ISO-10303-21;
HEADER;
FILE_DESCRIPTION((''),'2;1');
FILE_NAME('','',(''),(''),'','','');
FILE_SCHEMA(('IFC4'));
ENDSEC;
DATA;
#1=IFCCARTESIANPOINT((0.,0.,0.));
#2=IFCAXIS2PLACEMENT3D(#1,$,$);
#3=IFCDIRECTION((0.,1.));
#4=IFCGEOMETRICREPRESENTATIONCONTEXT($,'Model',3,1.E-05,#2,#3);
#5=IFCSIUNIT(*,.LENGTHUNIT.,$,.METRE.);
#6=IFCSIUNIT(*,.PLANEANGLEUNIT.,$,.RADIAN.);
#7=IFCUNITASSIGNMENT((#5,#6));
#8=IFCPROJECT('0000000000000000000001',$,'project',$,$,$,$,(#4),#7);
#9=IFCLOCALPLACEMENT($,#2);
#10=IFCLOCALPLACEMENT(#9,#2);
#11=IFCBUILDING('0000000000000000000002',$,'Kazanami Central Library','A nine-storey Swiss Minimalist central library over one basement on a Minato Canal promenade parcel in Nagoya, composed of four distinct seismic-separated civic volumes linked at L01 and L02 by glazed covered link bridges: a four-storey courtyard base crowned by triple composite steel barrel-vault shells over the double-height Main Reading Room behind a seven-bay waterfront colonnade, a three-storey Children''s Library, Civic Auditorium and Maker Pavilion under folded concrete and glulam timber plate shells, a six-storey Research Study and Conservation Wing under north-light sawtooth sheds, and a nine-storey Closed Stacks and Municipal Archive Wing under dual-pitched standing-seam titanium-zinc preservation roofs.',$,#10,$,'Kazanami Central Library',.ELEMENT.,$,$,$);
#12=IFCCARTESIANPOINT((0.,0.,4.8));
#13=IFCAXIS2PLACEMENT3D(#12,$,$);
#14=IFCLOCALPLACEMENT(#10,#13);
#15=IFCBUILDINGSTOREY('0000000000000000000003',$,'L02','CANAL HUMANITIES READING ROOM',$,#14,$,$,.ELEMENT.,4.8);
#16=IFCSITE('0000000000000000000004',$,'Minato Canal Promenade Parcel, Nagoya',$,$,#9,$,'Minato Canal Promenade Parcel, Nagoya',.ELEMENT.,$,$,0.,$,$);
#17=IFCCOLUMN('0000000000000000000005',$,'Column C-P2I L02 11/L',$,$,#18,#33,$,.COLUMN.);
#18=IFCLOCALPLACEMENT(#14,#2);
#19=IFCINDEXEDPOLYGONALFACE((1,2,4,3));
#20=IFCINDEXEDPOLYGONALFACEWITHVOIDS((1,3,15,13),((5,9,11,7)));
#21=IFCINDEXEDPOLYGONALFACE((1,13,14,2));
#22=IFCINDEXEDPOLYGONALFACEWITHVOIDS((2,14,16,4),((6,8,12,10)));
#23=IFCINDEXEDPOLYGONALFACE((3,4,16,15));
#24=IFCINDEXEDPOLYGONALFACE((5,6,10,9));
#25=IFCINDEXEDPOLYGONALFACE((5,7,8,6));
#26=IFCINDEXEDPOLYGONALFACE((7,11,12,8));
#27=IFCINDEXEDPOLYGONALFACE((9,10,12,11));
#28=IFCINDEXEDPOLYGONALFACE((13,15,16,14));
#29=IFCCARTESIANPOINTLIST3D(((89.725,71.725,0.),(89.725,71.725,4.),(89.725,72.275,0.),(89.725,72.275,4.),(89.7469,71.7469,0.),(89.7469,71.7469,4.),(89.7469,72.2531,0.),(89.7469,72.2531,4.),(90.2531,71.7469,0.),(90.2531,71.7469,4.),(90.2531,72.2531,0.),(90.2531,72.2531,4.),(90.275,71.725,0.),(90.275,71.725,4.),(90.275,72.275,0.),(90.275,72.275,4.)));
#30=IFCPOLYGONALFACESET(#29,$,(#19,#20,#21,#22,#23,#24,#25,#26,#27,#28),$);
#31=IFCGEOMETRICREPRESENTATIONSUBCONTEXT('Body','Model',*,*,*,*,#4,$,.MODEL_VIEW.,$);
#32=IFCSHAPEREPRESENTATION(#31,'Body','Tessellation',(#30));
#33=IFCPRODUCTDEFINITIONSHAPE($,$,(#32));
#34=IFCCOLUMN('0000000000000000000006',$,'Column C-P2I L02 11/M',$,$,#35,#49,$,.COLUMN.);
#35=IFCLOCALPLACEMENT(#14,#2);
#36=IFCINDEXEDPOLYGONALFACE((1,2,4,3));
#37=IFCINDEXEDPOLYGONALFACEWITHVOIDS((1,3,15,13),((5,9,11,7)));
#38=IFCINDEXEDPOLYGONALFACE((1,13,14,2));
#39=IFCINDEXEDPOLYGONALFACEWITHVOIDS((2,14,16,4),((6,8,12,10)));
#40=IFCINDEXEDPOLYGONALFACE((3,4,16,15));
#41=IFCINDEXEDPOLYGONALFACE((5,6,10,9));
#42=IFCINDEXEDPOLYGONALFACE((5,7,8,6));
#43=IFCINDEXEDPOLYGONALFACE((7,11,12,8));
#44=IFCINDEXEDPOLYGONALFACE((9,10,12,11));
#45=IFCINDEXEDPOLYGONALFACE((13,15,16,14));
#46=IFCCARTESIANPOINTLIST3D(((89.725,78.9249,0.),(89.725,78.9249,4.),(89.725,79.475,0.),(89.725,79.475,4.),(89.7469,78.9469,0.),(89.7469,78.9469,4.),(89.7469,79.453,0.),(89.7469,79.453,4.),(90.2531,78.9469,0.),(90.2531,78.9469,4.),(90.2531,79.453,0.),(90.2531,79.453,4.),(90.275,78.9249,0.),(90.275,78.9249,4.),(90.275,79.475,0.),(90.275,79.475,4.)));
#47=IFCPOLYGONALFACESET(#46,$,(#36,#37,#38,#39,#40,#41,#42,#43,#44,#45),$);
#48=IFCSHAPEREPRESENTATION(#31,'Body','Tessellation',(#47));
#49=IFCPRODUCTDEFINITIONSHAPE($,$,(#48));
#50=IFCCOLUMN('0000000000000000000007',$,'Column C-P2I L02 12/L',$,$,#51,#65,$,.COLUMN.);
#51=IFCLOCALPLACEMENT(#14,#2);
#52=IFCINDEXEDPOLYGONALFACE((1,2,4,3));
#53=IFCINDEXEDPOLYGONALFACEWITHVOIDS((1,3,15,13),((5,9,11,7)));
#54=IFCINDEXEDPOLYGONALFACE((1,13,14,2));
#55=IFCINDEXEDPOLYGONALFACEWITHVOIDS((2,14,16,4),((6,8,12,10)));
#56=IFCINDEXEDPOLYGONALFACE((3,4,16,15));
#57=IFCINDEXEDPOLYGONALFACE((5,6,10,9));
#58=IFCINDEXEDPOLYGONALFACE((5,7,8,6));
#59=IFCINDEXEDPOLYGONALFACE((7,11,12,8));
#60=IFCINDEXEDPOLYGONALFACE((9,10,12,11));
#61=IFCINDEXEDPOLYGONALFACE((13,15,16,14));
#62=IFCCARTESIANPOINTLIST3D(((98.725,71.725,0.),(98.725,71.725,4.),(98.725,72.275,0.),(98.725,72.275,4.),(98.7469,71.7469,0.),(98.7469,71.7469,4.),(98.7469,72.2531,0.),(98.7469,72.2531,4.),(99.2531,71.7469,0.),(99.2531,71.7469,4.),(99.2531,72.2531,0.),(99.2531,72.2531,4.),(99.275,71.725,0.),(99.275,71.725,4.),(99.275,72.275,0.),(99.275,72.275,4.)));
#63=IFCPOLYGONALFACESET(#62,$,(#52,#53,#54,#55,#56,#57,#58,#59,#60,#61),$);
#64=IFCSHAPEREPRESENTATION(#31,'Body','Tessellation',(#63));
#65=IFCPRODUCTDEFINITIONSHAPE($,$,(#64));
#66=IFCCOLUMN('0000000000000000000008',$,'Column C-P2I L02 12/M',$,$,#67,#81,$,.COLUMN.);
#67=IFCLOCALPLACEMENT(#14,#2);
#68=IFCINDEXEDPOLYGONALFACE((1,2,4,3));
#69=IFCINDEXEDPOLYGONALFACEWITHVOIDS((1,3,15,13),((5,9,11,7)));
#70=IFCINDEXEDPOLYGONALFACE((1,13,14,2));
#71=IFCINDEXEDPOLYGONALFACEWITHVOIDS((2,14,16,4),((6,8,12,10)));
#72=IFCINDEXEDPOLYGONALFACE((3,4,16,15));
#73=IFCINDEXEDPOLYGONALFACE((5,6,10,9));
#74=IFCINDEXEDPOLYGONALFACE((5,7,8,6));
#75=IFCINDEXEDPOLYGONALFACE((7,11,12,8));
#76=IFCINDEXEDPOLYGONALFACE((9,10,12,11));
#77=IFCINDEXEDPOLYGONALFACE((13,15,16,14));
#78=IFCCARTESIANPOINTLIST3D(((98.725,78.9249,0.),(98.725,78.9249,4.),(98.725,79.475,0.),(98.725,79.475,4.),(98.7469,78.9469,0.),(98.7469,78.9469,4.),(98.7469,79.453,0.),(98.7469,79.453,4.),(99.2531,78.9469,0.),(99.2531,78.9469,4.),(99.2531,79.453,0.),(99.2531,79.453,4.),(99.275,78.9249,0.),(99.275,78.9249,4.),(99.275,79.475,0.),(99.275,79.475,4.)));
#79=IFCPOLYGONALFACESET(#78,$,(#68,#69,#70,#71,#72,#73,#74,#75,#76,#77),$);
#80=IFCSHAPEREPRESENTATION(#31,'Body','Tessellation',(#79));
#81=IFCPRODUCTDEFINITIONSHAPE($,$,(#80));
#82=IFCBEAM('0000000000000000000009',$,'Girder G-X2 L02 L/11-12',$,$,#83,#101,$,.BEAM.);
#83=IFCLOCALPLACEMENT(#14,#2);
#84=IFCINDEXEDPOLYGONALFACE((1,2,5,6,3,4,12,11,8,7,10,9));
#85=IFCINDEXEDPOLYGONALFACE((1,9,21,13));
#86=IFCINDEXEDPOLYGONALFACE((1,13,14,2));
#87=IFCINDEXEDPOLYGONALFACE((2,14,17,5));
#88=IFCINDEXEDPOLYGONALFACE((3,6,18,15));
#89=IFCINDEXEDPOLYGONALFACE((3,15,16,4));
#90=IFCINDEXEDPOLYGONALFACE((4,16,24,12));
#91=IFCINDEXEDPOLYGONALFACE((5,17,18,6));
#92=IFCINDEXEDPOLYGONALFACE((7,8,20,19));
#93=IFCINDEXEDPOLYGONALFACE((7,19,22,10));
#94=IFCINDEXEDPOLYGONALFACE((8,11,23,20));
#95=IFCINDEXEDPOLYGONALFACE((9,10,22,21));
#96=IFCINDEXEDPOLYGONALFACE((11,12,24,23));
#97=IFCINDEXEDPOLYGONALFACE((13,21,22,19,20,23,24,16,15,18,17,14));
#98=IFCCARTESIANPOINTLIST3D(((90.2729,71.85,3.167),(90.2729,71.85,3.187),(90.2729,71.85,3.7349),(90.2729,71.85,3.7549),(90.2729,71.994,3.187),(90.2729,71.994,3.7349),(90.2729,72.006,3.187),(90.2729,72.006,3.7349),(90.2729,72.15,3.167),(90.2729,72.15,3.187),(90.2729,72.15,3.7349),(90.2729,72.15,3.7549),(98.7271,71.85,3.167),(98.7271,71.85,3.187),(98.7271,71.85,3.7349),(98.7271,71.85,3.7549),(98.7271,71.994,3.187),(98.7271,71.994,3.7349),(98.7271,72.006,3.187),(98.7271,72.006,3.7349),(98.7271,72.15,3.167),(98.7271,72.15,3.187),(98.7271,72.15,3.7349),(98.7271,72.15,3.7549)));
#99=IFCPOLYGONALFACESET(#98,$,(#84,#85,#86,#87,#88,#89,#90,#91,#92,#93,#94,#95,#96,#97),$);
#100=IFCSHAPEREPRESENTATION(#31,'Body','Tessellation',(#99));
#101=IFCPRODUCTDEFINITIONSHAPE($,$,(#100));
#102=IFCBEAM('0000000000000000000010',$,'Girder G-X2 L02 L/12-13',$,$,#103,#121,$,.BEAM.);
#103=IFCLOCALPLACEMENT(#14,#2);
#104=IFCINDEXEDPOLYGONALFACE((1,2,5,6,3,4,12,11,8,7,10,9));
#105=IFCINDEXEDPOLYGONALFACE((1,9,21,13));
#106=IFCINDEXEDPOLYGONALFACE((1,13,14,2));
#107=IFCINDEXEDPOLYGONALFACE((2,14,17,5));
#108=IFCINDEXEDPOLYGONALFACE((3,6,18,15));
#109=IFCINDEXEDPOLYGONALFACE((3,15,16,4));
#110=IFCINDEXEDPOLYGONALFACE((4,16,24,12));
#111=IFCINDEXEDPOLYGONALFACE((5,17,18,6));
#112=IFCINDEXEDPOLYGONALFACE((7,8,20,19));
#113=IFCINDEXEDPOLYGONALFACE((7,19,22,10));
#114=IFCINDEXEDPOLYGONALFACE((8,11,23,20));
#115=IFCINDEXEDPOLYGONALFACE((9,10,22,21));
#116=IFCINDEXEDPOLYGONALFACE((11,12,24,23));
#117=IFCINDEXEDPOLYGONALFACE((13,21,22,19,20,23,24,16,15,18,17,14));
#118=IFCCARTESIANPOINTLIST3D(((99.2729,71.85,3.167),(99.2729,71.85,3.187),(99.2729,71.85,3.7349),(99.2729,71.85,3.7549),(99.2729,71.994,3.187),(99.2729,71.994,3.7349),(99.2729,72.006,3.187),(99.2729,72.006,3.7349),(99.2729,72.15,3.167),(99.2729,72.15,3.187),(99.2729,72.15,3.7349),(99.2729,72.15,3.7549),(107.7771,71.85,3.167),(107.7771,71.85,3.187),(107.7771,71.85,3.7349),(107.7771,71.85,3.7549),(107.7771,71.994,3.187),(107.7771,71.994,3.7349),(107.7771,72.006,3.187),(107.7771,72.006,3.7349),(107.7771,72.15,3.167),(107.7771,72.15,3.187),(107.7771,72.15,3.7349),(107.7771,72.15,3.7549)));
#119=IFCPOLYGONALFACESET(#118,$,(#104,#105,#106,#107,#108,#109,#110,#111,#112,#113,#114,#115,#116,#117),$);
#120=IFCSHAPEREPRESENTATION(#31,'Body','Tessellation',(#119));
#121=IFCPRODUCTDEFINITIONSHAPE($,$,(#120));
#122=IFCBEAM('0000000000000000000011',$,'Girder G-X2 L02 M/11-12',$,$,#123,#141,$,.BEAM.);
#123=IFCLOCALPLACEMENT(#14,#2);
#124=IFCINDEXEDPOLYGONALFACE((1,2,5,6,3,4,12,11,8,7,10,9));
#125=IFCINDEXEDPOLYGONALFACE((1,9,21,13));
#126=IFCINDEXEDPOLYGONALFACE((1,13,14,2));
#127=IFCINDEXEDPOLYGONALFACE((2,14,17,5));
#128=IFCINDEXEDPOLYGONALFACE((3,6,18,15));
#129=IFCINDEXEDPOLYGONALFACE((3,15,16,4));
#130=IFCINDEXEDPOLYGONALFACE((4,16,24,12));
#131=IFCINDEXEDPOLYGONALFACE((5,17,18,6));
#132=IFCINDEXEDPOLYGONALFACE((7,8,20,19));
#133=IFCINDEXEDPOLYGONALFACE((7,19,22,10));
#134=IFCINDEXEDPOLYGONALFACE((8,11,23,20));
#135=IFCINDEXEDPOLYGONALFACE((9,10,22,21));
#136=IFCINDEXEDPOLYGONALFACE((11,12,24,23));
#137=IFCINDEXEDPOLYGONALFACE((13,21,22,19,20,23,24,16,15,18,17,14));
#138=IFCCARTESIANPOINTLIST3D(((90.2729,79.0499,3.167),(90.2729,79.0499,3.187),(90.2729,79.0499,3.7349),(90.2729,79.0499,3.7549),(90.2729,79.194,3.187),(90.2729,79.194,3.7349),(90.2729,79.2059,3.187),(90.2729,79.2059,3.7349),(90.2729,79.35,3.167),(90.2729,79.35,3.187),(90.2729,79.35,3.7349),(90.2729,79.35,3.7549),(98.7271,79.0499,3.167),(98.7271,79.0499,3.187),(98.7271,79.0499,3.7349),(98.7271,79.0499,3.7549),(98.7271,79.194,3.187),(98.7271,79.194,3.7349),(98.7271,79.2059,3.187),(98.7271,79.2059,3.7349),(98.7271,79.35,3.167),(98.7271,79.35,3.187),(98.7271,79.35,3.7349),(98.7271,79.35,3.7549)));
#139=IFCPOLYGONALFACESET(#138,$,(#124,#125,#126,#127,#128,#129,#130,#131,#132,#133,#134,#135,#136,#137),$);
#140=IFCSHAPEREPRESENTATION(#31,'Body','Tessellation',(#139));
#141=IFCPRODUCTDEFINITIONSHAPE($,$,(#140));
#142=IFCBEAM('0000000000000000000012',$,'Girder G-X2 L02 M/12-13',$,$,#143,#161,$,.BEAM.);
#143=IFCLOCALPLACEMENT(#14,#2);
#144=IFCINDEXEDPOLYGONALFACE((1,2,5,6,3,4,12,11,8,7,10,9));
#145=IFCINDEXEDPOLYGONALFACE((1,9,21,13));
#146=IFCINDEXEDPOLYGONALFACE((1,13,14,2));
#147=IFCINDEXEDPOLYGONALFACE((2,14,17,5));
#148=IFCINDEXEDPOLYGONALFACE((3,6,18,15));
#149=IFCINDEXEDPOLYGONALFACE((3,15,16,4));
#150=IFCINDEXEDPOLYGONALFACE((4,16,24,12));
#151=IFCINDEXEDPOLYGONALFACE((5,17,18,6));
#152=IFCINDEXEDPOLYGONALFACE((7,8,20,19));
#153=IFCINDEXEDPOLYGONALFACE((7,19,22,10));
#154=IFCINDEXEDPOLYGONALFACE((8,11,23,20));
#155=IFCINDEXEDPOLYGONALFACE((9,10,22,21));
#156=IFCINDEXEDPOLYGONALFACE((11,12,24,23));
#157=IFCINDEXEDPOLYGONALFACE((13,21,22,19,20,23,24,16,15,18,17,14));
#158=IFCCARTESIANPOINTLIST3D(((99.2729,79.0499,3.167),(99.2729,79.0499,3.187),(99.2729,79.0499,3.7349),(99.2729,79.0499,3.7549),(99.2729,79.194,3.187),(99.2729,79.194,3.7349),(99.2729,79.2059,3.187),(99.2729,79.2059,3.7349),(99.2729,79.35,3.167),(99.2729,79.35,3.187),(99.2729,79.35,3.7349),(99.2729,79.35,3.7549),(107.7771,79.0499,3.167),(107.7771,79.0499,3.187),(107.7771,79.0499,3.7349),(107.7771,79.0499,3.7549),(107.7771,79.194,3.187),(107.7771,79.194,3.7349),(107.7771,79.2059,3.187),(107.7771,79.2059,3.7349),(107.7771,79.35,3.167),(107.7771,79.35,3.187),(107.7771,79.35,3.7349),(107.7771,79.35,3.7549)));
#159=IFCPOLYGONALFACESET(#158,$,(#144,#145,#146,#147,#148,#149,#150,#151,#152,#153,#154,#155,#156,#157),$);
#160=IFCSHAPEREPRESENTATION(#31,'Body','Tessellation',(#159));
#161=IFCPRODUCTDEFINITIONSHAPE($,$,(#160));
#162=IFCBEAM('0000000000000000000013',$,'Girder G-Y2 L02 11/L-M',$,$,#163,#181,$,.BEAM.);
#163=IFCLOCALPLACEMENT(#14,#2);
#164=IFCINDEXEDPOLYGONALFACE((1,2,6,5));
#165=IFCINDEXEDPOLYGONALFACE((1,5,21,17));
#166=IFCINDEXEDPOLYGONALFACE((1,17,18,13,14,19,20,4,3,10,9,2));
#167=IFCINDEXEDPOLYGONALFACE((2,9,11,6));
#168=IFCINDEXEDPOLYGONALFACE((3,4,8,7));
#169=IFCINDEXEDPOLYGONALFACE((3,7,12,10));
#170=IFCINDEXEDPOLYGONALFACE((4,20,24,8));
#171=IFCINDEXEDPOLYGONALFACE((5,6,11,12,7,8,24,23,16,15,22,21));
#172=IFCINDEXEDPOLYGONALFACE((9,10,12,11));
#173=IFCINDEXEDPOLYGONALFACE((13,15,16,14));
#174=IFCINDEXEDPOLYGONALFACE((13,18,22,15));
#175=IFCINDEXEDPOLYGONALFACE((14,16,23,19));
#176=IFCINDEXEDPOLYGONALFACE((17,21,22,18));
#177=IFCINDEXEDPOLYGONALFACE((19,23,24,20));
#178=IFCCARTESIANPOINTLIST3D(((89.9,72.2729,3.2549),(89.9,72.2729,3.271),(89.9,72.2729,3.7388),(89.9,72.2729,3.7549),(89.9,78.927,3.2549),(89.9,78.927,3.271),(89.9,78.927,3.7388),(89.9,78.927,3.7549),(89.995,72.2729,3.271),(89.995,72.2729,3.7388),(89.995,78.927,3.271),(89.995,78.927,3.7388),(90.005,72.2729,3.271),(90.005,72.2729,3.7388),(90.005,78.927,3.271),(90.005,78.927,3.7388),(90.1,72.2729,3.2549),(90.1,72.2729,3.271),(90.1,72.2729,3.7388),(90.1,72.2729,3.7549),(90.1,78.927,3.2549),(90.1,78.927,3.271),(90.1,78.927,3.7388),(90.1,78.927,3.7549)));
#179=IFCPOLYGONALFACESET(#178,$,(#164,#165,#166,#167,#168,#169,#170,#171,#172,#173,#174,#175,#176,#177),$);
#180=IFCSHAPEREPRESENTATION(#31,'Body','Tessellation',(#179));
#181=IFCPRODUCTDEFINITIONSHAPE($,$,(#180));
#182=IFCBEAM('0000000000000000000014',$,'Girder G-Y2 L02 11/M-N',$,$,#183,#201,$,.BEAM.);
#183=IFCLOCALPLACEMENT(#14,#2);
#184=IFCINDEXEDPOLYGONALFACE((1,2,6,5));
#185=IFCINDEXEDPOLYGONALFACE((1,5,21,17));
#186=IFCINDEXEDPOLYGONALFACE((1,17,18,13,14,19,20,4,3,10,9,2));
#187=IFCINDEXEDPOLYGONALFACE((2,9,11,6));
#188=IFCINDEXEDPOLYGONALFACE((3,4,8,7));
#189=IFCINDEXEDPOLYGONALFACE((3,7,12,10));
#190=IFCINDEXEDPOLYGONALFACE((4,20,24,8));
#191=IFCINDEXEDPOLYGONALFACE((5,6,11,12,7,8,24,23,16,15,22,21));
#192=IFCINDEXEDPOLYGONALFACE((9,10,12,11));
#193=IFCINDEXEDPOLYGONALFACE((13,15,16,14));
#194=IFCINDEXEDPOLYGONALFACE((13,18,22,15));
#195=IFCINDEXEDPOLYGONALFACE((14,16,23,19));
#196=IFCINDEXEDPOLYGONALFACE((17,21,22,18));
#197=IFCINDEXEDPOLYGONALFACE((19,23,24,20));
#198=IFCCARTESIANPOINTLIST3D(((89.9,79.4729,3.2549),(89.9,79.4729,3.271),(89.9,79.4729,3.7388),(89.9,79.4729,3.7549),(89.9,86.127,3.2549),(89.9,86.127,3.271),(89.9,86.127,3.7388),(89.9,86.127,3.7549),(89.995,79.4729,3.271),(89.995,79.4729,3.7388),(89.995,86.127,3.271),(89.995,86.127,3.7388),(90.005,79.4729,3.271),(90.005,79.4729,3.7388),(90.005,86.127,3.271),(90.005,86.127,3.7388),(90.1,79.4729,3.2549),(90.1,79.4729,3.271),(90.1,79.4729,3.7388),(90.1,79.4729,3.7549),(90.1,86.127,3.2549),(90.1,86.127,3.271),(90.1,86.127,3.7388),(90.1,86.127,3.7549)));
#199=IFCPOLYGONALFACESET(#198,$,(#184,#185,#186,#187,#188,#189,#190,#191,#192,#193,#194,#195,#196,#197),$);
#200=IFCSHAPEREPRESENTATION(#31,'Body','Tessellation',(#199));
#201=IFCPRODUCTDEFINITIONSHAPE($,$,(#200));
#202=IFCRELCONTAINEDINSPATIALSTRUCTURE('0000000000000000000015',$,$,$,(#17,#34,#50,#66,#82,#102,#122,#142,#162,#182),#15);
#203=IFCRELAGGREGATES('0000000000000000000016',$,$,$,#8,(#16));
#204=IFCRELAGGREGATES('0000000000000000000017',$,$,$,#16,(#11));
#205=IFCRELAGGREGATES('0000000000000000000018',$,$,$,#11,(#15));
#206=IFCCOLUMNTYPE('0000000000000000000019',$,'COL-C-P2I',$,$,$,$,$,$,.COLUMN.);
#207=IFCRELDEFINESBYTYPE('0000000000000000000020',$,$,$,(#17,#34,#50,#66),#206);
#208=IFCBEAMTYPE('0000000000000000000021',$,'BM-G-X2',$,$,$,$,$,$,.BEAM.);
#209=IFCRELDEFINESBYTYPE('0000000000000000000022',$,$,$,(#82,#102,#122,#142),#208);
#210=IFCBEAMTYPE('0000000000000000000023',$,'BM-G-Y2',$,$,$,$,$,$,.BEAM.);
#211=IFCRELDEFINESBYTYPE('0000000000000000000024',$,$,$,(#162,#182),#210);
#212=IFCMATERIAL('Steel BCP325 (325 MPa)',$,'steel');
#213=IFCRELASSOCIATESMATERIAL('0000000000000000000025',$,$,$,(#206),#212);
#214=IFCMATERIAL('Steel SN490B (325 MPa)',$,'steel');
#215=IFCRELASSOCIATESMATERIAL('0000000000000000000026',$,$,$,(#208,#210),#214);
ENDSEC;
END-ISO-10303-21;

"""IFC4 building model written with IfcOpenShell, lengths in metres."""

from ifc_helpers import new_model, si_unit, direction, frame, origin, origin_2d, place, context, subcontext, project, spatial, hollow_rectangle, i_section, extrude, material, material_profile, profile_set, type_object, element, save


model = new_model("IFC4")

# Units and contexts
model_context = context("Model", 3, precision=1e-05, world=origin(), true_north=direction((0.0, 1.0)))
body_context = subcontext(model_context, "Body", "Model", "MODEL_VIEW")
ifc_project = project(units=[si_unit("LENGTHUNIT", "METRE"), si_unit("PLANEANGLEUNIT", "RADIAN")], contexts=[model_context])

# Site, building, storey
site_placement = place(None, origin())
site = spatial("IfcSite", under=ifc_project, at=site_placement, Name="Minato Canal Promenade Parcel, Nagoya", LongName="Minato Canal Promenade Parcel, Nagoya", CompositionType="ELEMENT", RefElevation=0.0)
building_placement = place(site_placement, origin())
building = spatial("IfcBuilding", under=site, at=building_placement, Name="Kazanami Central Library", Description="A nine-storey Swiss Minimalist central library over one basement on a Minato Canal promenade parcel in Nagoya, composed of four distinct seismic-separated civic volumes linked at L01 and L02 by glazed covered link bridges: a four-storey courtyard base crowned by triple composite steel barrel-vault shells over the double-height Main Reading Room behind a seven-bay waterfront colonnade, a three-storey Children's Library, Civic Auditorium and Maker Pavilion under folded concrete and glulam timber plate shells, a six-storey Research Study and Conservation Wing under north-light sawtooth sheds, and a nine-storey Closed Stacks and Municipal Archive Wing under dual-pitched standing-seam titanium-zinc preservation roofs.", LongName="Kazanami Central Library", CompositionType="ELEMENT")
storey_placement = place(building_placement, frame((0.0, 0.0, 4.8)))
storey = spatial("IfcBuildingStorey", under=building, at=storey_placement, Name="L02", Description="CANAL HUMANITIES READING ROOM", CompositionType="ELEMENT", Elevation=4.8)

# Columns
ifc_material_1 = material(Name="Steel BCP325 (325 MPa)", Category="steel")
ifc_material_profile_1 = material_profile(ifc_material_1, hollow_rectangle(XDim=0.55, YDim=0.55, WallThickness=0.022, at=origin_2d()), Name="BCP-550x550x22")
ifc_profile_set_1 = profile_set([ifc_material_profile_1], Name="Steel BCP325 (325 MPa)")
column_type = type_object("IfcColumnType", Name="COL-C-P2I", PredefinedType="COLUMN", material=ifc_profile_set_1)
for number, where, z_axis, x_axis, name in (
    (1, (90.0, 72.0, 0.0), (0.0, 0.0, 1.0), (1.0, 0.0, 0.0), "Column C-P2I L02 11/L"),
    (2, (90.0, 79.2, 0.0), (0.0, 0.0, 1.0), (1.0, 0.0, 0.0), "Column C-P2I L02 11/M"),
    (3, (99.0, 72.0, 0.0), (0.0, 0.0, 1.0), (1.0, 0.0, 0.0), "Column C-P2I L02 12/L"),
    (4, (99.0, 79.2, 0.0), (0.0, 0.0, 1.0), (1.0, 0.0, 0.0), "Column C-P2I L02 12/M"),
):
    element("IfcColumn", number, at=place(storey_placement, frame(where, z_axis=z_axis, x_axis=x_axis)), inside=storey, type_object=column_type, Name=name, PredefinedType="COLUMN", context=body_context, shape_type="SweptSolid", body=[
        extrude(hollow_rectangle(XDim=0.55, YDim=0.55, WallThickness=0.022, at=origin_2d()), origin(), (0.0, 0.0, 1.0), 4.0),
    ])

# Beams
ifc_material_2 = material(Name="Steel SN490B (325 MPa)", Category="steel")
ifc_material_profile_2 = material_profile(ifc_material_2, i_section(OverallWidth=0.3, OverallDepth=0.5879, WebThickness=0.012, FlangeThickness=0.02, at=origin_2d()), Name="H-588x300x12x20")
ifc_profile_set_2 = profile_set([ifc_material_profile_2], Name="Steel SN490B (325 MPa)")
beam_type_1 = type_object("IfcBeamType", Name="BM-G-X2", PredefinedType="BEAM", material=ifc_profile_set_2)
beam_1_placement = place(storey_placement, frame((90.2729, 72.0, 3.4609), z_axis=(1.0, 0.0, 0.0), x_axis=(0.0, 1.0, 0.0)))
element("IfcBeam", 5, at=beam_1_placement, inside=storey, type_object=beam_type_1, Name="Girder G-X2 L02 L/11-12", PredefinedType="BEAM", context=body_context, shape_type="SweptSolid", body=[
    extrude(i_section(OverallWidth=0.3, OverallDepth=0.5879, WebThickness=0.012, FlangeThickness=0.02, at=origin_2d()), origin(), (0.0, 0.0, 1.0), 8.4541),
])
beam_2_placement = place(storey_placement, frame((99.2729, 72.0, 3.4609), z_axis=(1.0, 0.0, 0.0), x_axis=(0.0, 1.0, 0.0)))
element("IfcBeam", 6, at=beam_2_placement, inside=storey, type_object=beam_type_1, Name="Girder G-X2 L02 L/12-13", PredefinedType="BEAM", context=body_context, shape_type="SweptSolid", body=[
    extrude(i_section(OverallWidth=0.3, OverallDepth=0.5879, WebThickness=0.012, FlangeThickness=0.02, at=origin_2d()), origin(), (0.0, 0.0, 1.0), 8.5042),
])
beam_3_placement = place(storey_placement, frame((90.2729, 79.2, 3.4609), z_axis=(1.0, 0.0, 0.0), x_axis=(0.0, 1.0, 0.0)))
element("IfcBeam", 7, at=beam_3_placement, inside=storey, type_object=beam_type_1, Name="Girder G-X2 L02 M/11-12", PredefinedType="BEAM", context=body_context, shape_type="SweptSolid", body=[
    extrude(i_section(OverallWidth=0.3, OverallDepth=0.5879, WebThickness=0.012, FlangeThickness=0.02, at=origin_2d()), origin(), (0.0, 0.0, 1.0), 8.4541),
])
beam_4_placement = place(storey_placement, frame((99.2729, 79.2, 3.4609), z_axis=(1.0, 0.0, 0.0), x_axis=(0.0, 1.0, 0.0)))
element("IfcBeam", 8, at=beam_4_placement, inside=storey, type_object=beam_type_1, Name="Girder G-X2 L02 M/12-13", PredefinedType="BEAM", context=body_context, shape_type="SweptSolid", body=[
    extrude(i_section(OverallWidth=0.3, OverallDepth=0.5879, WebThickness=0.012, FlangeThickness=0.02, at=origin_2d()), origin(), (0.0, 0.0, 1.0), 8.5042),
])
ifc_material_profile_3 = material_profile(ifc_material_2, i_section(OverallWidth=0.2, OverallDepth=0.5, WebThickness=0.01, FlangeThickness=0.0161, at=origin_2d()), Name="H-500x200x10x16")
ifc_profile_set_3 = profile_set([ifc_material_profile_3], Name="Steel SN490B (325 MPa)")
beam_type_2 = type_object("IfcBeamType", Name="BM-G-Y2", PredefinedType="BEAM", material=ifc_profile_set_3)
for number, where, z_axis, x_axis, name in (
    (9, (90.0, 72.2729, 3.5049), (0.0, 1.0, 0.0), (-1.0, 0.0, 0.0), "Girder G-Y2 L02 11/L-M"),
    (10, (90.0, 79.4729, 3.5049), (0.0, 1.0, 0.0), (-1.0, 0.0, 0.0), "Girder G-Y2 L02 11/M-N"),
):
    element("IfcBeam", number, at=place(storey_placement, frame(where, z_axis=z_axis, x_axis=x_axis)), inside=storey, type_object=beam_type_2, Name=name, PredefinedType="BEAM", context=body_context, shape_type="SweptSolid", body=[
        extrude(i_section(OverallWidth=0.2, OverallDepth=0.5, WebThickness=0.01, FlangeThickness=0.0161, at=origin_2d()), origin(), (0.0, 0.0, 1.0), 6.6541),
    ])

save(model, "model.ifc")
